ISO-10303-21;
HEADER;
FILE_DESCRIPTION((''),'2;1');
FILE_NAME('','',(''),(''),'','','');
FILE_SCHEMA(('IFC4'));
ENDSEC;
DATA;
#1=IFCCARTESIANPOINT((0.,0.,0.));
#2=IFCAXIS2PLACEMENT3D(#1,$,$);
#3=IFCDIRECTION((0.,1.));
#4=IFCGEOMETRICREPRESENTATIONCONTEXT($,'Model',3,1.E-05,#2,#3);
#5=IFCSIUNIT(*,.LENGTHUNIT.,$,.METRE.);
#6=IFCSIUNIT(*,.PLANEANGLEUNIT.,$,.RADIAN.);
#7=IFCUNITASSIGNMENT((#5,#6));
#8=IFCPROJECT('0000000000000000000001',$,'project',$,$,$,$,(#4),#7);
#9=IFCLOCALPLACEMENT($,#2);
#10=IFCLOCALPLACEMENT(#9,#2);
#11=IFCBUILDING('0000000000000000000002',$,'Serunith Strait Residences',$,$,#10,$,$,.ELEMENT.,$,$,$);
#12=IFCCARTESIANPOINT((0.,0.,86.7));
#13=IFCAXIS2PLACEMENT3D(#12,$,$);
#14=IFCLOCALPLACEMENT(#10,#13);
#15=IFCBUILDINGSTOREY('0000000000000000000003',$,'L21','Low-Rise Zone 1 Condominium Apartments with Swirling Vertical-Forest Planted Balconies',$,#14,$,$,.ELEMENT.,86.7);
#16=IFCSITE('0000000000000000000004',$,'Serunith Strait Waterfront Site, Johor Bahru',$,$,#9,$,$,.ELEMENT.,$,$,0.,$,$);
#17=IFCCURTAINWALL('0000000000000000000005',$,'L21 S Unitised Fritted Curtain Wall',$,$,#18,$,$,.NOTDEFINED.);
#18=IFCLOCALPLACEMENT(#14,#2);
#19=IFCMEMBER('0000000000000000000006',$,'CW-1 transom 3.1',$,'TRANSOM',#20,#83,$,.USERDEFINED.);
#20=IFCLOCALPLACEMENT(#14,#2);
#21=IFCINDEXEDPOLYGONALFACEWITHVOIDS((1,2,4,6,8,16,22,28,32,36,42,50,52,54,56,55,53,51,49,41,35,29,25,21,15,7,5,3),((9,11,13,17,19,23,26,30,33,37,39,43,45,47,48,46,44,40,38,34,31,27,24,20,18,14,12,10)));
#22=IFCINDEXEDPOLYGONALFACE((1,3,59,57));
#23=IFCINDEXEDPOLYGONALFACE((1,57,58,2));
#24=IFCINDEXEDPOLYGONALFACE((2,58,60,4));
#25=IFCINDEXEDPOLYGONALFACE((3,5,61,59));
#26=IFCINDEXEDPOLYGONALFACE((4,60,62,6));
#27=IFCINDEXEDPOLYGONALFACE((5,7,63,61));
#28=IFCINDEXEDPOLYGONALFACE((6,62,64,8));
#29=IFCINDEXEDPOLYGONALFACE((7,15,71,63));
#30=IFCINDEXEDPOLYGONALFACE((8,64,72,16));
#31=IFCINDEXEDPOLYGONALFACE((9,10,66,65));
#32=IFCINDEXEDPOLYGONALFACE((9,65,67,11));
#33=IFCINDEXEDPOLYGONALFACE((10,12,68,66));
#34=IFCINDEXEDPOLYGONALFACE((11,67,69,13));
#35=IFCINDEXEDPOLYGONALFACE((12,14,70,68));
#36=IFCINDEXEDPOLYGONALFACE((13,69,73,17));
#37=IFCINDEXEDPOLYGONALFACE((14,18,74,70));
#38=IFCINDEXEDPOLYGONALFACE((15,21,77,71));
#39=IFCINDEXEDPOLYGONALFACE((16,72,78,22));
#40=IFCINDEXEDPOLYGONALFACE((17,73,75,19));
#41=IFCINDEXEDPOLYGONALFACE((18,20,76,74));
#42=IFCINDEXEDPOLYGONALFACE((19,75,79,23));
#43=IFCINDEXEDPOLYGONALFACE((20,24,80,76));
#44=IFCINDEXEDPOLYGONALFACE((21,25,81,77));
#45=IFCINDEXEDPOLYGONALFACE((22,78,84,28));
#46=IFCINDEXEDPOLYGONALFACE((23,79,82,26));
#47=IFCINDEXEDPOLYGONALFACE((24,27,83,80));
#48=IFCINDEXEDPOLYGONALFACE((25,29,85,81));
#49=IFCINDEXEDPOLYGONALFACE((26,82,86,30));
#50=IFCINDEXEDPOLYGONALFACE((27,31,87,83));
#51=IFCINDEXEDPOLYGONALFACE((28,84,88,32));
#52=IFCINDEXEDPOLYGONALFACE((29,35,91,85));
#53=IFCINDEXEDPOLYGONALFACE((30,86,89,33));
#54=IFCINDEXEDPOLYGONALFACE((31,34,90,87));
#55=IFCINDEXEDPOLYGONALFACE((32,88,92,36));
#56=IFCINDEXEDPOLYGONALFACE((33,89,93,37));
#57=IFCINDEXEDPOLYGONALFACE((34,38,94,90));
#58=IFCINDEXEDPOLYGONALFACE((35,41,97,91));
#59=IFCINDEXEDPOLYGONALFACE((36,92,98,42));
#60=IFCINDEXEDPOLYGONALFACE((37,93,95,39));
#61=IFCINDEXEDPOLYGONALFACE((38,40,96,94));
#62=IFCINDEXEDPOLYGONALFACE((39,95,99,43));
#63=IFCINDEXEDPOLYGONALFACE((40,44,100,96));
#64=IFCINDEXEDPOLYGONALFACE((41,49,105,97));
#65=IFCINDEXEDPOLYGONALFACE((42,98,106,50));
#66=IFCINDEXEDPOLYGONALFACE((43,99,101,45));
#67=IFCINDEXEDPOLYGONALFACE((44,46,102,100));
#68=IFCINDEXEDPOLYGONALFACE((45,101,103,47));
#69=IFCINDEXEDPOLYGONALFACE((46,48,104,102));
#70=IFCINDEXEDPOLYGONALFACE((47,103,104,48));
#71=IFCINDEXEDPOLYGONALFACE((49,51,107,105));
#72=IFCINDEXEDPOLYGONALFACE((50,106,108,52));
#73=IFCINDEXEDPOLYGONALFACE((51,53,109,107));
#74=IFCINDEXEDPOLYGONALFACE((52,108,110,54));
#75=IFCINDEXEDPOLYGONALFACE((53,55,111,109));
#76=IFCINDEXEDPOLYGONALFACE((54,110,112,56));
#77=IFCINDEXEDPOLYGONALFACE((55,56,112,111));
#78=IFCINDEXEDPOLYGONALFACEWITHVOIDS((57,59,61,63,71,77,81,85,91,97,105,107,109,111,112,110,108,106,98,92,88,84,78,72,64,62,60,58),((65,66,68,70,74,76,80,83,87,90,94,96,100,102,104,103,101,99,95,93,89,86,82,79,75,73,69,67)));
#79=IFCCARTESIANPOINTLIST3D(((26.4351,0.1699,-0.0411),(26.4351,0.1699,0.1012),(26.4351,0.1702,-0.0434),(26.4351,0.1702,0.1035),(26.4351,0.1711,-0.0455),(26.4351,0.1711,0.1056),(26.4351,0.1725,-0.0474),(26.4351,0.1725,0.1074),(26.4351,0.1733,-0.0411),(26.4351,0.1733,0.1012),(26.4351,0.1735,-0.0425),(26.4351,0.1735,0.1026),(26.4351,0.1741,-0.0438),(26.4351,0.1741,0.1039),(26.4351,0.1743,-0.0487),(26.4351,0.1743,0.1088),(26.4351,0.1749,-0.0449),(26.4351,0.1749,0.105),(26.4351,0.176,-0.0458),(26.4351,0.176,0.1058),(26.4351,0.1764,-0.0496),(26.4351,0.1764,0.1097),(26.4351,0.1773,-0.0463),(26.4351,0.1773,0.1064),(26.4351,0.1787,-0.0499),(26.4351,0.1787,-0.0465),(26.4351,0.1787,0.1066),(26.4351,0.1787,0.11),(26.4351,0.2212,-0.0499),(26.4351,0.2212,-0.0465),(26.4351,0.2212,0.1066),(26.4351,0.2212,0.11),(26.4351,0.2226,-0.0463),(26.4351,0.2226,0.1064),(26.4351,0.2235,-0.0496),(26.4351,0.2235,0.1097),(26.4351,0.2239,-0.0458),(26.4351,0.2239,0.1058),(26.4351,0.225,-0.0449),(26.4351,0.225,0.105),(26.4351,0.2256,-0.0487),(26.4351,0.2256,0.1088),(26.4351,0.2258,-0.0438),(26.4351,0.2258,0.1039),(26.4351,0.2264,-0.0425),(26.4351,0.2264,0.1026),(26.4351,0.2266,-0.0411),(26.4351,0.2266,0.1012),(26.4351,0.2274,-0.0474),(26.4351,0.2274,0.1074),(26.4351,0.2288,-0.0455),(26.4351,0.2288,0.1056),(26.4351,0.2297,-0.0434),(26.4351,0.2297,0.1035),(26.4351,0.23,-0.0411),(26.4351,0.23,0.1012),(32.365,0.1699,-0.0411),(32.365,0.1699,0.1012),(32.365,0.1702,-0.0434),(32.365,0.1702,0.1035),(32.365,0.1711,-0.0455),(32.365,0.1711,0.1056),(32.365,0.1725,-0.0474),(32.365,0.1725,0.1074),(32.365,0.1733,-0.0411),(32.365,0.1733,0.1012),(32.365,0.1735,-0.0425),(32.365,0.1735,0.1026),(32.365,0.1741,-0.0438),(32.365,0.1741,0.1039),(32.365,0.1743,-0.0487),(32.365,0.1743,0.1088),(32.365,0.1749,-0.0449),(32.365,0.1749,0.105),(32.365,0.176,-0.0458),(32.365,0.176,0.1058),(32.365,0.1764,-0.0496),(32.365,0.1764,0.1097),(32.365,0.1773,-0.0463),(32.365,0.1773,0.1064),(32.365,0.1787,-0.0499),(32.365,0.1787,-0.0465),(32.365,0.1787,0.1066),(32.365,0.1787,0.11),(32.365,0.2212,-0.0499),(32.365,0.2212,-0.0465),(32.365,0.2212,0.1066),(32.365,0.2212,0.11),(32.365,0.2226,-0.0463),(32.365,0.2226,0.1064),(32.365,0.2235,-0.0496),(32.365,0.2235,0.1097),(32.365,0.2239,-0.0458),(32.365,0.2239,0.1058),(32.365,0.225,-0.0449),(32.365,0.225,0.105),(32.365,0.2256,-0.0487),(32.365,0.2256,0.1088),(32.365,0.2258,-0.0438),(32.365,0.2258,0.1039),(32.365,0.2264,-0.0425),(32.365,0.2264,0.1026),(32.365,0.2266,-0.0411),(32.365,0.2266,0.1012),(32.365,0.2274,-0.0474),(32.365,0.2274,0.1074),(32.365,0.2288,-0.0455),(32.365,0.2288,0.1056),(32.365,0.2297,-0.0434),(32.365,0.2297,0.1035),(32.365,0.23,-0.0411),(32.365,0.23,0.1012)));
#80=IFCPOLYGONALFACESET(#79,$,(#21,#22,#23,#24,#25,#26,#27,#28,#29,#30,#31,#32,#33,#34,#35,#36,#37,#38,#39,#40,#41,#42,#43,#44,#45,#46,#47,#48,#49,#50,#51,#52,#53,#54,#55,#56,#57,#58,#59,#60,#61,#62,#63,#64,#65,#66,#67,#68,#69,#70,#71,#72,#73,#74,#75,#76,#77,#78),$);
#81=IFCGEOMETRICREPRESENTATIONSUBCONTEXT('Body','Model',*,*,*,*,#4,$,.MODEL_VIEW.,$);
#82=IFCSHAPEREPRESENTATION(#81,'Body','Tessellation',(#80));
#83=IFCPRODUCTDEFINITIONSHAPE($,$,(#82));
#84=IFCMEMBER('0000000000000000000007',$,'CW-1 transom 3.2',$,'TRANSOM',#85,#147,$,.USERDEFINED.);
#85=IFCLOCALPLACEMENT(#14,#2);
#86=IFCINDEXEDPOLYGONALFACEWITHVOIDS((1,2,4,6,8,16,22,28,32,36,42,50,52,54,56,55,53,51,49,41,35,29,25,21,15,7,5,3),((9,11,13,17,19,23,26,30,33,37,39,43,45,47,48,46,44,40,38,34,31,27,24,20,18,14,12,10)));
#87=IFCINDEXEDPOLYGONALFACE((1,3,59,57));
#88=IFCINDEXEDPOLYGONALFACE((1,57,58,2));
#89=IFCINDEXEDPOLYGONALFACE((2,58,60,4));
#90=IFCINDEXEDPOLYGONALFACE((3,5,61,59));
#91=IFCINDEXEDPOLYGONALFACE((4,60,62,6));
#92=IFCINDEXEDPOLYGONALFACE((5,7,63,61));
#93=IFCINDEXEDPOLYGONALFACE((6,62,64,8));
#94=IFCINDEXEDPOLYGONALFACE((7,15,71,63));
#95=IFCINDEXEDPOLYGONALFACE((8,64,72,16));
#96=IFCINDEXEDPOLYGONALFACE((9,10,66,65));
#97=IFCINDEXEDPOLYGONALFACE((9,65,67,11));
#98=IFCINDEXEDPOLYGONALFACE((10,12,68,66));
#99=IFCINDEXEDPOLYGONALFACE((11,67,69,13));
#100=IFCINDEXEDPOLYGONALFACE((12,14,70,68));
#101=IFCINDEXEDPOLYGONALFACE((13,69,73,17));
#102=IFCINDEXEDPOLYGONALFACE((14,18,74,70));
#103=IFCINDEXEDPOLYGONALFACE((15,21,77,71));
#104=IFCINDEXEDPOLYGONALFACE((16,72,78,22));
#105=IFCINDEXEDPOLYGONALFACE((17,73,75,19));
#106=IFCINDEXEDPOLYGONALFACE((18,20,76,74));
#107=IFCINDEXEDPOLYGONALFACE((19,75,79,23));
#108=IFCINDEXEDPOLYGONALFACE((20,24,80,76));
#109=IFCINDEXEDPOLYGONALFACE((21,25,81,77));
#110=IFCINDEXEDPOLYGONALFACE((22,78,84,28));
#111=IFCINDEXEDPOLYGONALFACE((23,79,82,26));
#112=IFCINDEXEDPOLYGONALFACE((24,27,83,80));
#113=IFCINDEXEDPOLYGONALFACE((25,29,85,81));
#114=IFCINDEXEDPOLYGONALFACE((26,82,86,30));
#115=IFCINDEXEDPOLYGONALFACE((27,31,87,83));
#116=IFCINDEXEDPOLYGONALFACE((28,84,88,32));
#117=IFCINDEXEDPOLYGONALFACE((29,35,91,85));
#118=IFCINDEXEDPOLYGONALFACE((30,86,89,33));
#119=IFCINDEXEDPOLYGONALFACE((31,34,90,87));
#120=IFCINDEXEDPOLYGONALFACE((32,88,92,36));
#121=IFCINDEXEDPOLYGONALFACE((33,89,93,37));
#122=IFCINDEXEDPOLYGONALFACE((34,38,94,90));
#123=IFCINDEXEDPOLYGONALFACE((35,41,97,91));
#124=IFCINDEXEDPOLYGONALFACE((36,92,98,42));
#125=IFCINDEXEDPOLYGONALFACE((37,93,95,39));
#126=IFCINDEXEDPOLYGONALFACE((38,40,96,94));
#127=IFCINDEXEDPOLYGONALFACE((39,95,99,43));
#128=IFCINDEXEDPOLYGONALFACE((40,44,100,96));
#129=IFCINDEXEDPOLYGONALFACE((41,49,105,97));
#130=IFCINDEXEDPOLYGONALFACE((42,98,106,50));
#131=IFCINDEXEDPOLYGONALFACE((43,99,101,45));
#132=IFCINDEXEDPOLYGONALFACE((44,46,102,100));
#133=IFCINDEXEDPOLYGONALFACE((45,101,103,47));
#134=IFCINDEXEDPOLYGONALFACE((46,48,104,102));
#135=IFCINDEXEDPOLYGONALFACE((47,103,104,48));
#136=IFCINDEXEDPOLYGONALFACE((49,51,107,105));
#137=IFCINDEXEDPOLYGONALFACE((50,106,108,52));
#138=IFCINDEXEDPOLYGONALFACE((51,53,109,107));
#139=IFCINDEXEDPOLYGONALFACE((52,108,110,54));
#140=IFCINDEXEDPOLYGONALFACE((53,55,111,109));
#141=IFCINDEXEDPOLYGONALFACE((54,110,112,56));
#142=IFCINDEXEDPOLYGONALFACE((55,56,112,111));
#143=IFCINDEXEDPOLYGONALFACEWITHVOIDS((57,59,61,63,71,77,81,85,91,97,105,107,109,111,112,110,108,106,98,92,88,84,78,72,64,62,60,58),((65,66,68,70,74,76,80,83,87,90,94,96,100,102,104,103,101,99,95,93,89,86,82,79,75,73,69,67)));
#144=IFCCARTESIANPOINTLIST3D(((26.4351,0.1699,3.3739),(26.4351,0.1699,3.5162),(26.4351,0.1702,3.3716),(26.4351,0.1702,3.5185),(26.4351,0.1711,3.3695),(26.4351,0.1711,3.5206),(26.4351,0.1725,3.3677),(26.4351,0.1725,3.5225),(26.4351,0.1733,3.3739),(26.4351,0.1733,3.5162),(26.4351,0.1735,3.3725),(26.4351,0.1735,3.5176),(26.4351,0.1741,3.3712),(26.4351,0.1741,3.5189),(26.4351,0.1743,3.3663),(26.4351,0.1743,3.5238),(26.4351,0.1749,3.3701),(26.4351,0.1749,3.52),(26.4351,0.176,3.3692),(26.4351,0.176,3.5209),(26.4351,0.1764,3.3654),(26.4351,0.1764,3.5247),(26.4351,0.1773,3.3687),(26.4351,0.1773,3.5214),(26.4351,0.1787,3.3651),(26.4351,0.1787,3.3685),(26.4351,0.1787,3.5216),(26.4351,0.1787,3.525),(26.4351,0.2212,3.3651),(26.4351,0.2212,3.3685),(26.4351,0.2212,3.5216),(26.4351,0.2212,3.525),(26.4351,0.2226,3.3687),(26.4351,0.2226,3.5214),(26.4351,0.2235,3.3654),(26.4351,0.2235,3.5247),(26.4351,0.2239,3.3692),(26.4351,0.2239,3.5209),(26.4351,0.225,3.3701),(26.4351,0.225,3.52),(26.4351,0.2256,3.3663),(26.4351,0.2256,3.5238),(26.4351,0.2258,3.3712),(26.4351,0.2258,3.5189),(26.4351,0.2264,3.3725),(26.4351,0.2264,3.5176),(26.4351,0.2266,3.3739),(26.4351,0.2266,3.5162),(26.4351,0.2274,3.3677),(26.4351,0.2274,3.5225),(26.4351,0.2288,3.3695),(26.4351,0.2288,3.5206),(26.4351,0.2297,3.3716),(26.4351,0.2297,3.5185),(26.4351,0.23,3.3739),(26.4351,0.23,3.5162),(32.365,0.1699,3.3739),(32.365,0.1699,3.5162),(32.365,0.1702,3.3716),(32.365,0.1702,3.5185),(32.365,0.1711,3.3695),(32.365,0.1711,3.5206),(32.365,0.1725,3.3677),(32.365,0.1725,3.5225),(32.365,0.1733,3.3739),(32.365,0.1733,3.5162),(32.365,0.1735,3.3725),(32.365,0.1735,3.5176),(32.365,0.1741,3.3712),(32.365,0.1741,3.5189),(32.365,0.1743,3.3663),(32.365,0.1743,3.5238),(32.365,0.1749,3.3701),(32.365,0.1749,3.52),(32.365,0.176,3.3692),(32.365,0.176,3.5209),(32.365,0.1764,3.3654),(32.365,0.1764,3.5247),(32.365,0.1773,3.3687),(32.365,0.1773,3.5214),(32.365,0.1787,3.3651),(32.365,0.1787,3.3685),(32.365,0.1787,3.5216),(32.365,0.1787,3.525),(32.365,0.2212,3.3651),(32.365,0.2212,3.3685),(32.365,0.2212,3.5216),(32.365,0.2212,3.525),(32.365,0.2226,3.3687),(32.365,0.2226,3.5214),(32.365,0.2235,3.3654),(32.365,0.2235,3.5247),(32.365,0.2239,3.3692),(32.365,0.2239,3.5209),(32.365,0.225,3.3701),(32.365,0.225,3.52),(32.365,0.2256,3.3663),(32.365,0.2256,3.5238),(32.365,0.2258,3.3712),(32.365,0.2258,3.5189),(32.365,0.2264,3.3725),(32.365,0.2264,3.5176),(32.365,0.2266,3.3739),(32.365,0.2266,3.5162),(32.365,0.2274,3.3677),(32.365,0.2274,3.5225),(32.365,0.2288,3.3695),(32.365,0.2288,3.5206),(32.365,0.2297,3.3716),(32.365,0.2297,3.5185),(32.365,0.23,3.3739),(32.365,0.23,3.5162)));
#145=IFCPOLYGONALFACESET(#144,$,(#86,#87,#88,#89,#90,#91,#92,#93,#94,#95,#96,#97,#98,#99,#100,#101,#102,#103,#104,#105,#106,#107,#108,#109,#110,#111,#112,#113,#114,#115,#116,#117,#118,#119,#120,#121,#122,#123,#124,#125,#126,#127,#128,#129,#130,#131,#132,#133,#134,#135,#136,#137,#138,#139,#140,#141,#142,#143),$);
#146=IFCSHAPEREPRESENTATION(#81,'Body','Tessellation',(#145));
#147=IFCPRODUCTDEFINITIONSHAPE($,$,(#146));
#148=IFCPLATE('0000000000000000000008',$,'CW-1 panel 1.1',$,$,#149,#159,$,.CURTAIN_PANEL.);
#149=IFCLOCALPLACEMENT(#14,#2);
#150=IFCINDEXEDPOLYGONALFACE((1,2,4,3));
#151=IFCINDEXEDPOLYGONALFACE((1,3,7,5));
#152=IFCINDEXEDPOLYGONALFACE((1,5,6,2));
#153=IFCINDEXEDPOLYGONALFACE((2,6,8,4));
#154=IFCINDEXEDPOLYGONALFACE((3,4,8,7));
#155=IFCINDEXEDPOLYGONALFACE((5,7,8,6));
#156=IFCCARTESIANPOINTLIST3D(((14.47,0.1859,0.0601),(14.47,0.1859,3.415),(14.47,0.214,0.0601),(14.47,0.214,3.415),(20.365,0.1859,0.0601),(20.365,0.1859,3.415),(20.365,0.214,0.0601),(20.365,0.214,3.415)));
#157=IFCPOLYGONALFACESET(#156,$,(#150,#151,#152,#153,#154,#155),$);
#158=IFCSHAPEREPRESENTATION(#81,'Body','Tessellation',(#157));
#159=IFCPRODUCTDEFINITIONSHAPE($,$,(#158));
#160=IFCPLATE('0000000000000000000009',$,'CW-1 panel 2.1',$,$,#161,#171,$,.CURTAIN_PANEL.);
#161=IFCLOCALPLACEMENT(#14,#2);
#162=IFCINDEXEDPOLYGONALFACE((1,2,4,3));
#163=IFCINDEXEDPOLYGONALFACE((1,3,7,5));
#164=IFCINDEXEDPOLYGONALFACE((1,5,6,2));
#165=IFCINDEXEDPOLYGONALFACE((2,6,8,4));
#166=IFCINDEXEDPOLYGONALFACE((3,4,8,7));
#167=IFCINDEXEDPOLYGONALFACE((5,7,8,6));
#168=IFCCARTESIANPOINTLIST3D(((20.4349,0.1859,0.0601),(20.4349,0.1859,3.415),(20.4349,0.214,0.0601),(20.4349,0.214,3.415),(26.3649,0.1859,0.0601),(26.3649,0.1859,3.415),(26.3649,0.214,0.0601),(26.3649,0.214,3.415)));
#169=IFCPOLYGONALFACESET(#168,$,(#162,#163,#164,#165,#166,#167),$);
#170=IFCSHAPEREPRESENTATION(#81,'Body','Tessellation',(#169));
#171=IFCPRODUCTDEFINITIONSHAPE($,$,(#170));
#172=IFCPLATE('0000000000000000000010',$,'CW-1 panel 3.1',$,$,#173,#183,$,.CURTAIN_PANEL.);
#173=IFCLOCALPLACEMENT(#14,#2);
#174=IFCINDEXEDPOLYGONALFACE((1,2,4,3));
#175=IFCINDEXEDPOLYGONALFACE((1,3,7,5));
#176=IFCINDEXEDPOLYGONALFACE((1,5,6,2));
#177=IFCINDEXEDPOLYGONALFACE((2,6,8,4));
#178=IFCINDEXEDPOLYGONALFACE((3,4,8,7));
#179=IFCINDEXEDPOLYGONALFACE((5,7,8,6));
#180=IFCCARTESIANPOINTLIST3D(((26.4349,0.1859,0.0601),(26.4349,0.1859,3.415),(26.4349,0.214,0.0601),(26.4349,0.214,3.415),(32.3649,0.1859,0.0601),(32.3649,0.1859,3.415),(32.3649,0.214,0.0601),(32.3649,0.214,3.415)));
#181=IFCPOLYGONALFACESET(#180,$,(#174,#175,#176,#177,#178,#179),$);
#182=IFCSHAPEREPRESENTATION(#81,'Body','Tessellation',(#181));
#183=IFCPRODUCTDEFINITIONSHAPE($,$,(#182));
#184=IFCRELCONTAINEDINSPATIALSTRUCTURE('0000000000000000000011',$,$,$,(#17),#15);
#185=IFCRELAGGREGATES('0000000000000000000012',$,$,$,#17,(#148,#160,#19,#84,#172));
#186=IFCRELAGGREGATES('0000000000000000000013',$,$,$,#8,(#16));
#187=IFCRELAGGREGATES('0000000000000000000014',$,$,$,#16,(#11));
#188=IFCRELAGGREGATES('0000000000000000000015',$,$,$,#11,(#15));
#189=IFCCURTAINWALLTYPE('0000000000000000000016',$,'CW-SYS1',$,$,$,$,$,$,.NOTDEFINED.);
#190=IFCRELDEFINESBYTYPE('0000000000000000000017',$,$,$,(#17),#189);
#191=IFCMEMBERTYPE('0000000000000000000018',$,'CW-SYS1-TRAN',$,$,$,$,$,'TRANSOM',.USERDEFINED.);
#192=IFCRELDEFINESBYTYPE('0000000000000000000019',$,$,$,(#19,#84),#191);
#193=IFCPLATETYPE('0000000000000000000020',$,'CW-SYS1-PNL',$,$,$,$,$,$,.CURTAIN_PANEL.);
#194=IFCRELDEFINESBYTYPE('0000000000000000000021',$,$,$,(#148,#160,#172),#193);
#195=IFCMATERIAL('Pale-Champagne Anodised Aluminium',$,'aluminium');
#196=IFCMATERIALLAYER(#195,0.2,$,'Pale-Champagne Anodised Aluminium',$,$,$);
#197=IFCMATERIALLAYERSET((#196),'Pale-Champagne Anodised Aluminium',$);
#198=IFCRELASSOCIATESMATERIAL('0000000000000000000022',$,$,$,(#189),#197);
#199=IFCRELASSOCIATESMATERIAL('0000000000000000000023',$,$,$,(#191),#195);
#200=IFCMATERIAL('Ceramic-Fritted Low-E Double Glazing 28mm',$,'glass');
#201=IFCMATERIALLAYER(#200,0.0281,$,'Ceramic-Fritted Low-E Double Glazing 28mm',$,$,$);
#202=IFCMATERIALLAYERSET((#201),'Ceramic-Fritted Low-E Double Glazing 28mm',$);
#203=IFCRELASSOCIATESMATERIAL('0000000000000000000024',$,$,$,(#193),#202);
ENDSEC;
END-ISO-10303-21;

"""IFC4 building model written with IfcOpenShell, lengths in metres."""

from ifc_helpers import new_model, si_unit, direction, frame, origin, origin_2d, place, context, subcontext, project, spatial, rectangle, hollow_rectangle, extrude, source, transform, mapped, material, layer, layer_set, material_profile, profile_set, type_object, element, aggregate, save


model = new_model("IFC4")

# Units and contexts
model_context = context("Model", 3, precision=1e-05, world=origin(), true_north=direction((0.0, 1.0)))
body_context = subcontext(model_context, "Body", "Model", "MODEL_VIEW")
ifc_project = project(units=[si_unit("LENGTHUNIT", "METRE"), si_unit("PLANEANGLEUNIT", "RADIAN")], contexts=[model_context])

# Site, building, storey
site_placement = place(None, origin())
site = spatial("IfcSite", under=ifc_project, at=site_placement, Name="Serunith Strait Waterfront Site, Johor Bahru", CompositionType="ELEMENT", RefElevation=0.0)
building_placement = place(site_placement, origin())
building = spatial("IfcBuilding", under=site, at=building_placement, Name="Serunith Strait Residences", CompositionType="ELEMENT")
storey_placement = place(building_placement, frame((0.0, 0.0, 86.7)))
storey = spatial("IfcBuildingStorey", under=building, at=storey_placement, Name="L21", Description="Low-Rise Zone 1 Condominium Apartments with Swirling Vertical-Forest Planted Balconies", CompositionType="ELEMENT", Elevation=86.7)

# Curtain wall, members, plates
ifc_material_1 = material(Name="Pale-Champagne Anodised Aluminium", Category="aluminium")
ifc_layer_1 = layer(ifc_material_1, 0.2, Name="Pale-Champagne Anodised Aluminium")
ifc_layer_set_1 = layer_set([ifc_layer_1], Name="Pale-Champagne Anodised Aluminium")
curtain_wall_type = type_object("IfcCurtainWallType", Name="CW-SYS1", PredefinedType="NOTDEFINED", material=ifc_layer_set_1)
curtain_wall_placement = place(storey_placement, origin())
curtain_wall = element("IfcCurtainWall", 1, at=curtain_wall_placement, inside=storey, type_object=curtain_wall_type, Name="L21 S Unitised Fritted Curtain Wall", PredefinedType="NOTDEFINED")
ifc_material_profile_1 = material_profile(ifc_material_1, hollow_rectangle(XDim=0.0601, YDim=0.1599, WallThickness=0.0034, InnerFilletRadius=0.0054, OuterFilletRadius=0.0088, at=origin_2d()), Name="ALU 160x60x3.5")
ifc_profile_set_1 = profile_set([ifc_material_profile_1], Name="Pale-Champagne Anodised Aluminium")
member_type_1 = type_object("IfcMemberType", Name="CW-SYS1-TRAN", ElementType="TRANSOM", PredefinedType="USERDEFINED", material=ifc_profile_set_1)
shared_shape_1 = source(origin(), body_context, "Body", "SweptSolid", [
    extrude(hollow_rectangle(XDim=0.0601, YDim=0.1599, WallThickness=0.0034, InnerFilletRadius=0.0054, OuterFilletRadius=0.0088, at=origin_2d()), origin(), (0.0, 0.0, 1.0), 5.9299),
])
member_1_placement = place(storey_placement, frame((26.4351, 0.2, 0.03), z_axis=(1.0, 0.0, 0.0), x_axis=(0.0, 1.0, 0.0)))
member_1 = element("IfcMember", 2, at=member_1_placement, type_object=member_type_1, Name="CW-1 transom 3.1", ObjectType="TRANSOM", PredefinedType="USERDEFINED", context=body_context, shape_type="MappedRepresentation", body=[
    mapped(shared_shape_1, transform((0.0, 0.0, 0.0), scale=1.0)),
])
member_2_placement = place(storey_placement, frame((26.4351, 0.2, 3.4451), z_axis=(1.0, 0.0, 0.0), x_axis=(0.0, 1.0, 0.0)))
member_2 = element("IfcMember", 3, at=member_2_placement, type_object=member_type_1, Name="CW-1 transom 3.2", ObjectType="TRANSOM", PredefinedType="USERDEFINED", context=body_context, shape_type="MappedRepresentation", body=[
    mapped(shared_shape_1, transform((0.0, 0.0, 0.0), scale=1.0)),
])
ifc_material_2 = material(Name="Ceramic-Fritted Low-E Double Glazing 28mm", Category="glass")
ifc_layer_2 = layer(ifc_material_2, 0.0281, Name="Ceramic-Fritted Low-E Double Glazing 28mm")
ifc_layer_set_2 = layer_set([ifc_layer_2], Name="Ceramic-Fritted Low-E Double Glazing 28mm")
plate_type = type_object("IfcPlateType", Name="CW-SYS1-PNL", PredefinedType="CURTAIN_PANEL", material=ifc_layer_set_2)
shared_shape_2 = source(origin(), body_context, "Body", "SweptSolid", [
    extrude(rectangle(XDim=5.895, YDim=0.0281, at=origin_2d()), origin(), (0.0, 0.0, 1.0), 3.355),
])
plate_1_placement = place(storey_placement, frame((17.4175, 0.2, 0.0601), z_axis=(0.0, 0.0, 1.0), x_axis=(1.0, 0.0, 0.0)))
plate_1 = element("IfcPlate", 4, at=plate_1_placement, type_object=plate_type, Name="CW-1 panel 1.1", PredefinedType="CURTAIN_PANEL", context=body_context, shape_type="MappedRepresentation", body=[
    mapped(shared_shape_2, transform((0.0, 0.0, 0.0), scale=1.0)),
])
shared_shape_3 = source(origin(), body_context, "Body", "SweptSolid", [
    extrude(rectangle(XDim=5.9299, YDim=0.0281, at=origin_2d()), origin(), (0.0, 0.0, 1.0), 3.355),
])
plate_2_placement = place(storey_placement, frame((23.3999, 0.2, 0.0601), z_axis=(0.0, 0.0, 1.0), x_axis=(1.0, 0.0, 0.0)))
plate_2 = element("IfcPlate", 5, at=plate_2_placement, type_object=plate_type, Name="CW-1 panel 2.1", PredefinedType="CURTAIN_PANEL", context=body_context, shape_type="MappedRepresentation", body=[
    mapped(shared_shape_3, transform((0.0, 0.0, 0.0), scale=1.0)),
])
plate_3_placement = place(storey_placement, frame((29.3999, 0.2, 0.0601), z_axis=(0.0, 0.0, 1.0), x_axis=(1.0, 0.0, 0.0)))
plate_3 = element("IfcPlate", 6, at=plate_3_placement, type_object=plate_type, Name="CW-1 panel 3.1", PredefinedType="CURTAIN_PANEL", context=body_context, shape_type="MappedRepresentation", body=[
    mapped(shared_shape_3, transform((0.0, 0.0, 0.0), scale=1.0)),
])
aggregate(curtain_wall, [plate_1, plate_2, member_1, member_2, plate_3])

save(model, "model.ifc")
